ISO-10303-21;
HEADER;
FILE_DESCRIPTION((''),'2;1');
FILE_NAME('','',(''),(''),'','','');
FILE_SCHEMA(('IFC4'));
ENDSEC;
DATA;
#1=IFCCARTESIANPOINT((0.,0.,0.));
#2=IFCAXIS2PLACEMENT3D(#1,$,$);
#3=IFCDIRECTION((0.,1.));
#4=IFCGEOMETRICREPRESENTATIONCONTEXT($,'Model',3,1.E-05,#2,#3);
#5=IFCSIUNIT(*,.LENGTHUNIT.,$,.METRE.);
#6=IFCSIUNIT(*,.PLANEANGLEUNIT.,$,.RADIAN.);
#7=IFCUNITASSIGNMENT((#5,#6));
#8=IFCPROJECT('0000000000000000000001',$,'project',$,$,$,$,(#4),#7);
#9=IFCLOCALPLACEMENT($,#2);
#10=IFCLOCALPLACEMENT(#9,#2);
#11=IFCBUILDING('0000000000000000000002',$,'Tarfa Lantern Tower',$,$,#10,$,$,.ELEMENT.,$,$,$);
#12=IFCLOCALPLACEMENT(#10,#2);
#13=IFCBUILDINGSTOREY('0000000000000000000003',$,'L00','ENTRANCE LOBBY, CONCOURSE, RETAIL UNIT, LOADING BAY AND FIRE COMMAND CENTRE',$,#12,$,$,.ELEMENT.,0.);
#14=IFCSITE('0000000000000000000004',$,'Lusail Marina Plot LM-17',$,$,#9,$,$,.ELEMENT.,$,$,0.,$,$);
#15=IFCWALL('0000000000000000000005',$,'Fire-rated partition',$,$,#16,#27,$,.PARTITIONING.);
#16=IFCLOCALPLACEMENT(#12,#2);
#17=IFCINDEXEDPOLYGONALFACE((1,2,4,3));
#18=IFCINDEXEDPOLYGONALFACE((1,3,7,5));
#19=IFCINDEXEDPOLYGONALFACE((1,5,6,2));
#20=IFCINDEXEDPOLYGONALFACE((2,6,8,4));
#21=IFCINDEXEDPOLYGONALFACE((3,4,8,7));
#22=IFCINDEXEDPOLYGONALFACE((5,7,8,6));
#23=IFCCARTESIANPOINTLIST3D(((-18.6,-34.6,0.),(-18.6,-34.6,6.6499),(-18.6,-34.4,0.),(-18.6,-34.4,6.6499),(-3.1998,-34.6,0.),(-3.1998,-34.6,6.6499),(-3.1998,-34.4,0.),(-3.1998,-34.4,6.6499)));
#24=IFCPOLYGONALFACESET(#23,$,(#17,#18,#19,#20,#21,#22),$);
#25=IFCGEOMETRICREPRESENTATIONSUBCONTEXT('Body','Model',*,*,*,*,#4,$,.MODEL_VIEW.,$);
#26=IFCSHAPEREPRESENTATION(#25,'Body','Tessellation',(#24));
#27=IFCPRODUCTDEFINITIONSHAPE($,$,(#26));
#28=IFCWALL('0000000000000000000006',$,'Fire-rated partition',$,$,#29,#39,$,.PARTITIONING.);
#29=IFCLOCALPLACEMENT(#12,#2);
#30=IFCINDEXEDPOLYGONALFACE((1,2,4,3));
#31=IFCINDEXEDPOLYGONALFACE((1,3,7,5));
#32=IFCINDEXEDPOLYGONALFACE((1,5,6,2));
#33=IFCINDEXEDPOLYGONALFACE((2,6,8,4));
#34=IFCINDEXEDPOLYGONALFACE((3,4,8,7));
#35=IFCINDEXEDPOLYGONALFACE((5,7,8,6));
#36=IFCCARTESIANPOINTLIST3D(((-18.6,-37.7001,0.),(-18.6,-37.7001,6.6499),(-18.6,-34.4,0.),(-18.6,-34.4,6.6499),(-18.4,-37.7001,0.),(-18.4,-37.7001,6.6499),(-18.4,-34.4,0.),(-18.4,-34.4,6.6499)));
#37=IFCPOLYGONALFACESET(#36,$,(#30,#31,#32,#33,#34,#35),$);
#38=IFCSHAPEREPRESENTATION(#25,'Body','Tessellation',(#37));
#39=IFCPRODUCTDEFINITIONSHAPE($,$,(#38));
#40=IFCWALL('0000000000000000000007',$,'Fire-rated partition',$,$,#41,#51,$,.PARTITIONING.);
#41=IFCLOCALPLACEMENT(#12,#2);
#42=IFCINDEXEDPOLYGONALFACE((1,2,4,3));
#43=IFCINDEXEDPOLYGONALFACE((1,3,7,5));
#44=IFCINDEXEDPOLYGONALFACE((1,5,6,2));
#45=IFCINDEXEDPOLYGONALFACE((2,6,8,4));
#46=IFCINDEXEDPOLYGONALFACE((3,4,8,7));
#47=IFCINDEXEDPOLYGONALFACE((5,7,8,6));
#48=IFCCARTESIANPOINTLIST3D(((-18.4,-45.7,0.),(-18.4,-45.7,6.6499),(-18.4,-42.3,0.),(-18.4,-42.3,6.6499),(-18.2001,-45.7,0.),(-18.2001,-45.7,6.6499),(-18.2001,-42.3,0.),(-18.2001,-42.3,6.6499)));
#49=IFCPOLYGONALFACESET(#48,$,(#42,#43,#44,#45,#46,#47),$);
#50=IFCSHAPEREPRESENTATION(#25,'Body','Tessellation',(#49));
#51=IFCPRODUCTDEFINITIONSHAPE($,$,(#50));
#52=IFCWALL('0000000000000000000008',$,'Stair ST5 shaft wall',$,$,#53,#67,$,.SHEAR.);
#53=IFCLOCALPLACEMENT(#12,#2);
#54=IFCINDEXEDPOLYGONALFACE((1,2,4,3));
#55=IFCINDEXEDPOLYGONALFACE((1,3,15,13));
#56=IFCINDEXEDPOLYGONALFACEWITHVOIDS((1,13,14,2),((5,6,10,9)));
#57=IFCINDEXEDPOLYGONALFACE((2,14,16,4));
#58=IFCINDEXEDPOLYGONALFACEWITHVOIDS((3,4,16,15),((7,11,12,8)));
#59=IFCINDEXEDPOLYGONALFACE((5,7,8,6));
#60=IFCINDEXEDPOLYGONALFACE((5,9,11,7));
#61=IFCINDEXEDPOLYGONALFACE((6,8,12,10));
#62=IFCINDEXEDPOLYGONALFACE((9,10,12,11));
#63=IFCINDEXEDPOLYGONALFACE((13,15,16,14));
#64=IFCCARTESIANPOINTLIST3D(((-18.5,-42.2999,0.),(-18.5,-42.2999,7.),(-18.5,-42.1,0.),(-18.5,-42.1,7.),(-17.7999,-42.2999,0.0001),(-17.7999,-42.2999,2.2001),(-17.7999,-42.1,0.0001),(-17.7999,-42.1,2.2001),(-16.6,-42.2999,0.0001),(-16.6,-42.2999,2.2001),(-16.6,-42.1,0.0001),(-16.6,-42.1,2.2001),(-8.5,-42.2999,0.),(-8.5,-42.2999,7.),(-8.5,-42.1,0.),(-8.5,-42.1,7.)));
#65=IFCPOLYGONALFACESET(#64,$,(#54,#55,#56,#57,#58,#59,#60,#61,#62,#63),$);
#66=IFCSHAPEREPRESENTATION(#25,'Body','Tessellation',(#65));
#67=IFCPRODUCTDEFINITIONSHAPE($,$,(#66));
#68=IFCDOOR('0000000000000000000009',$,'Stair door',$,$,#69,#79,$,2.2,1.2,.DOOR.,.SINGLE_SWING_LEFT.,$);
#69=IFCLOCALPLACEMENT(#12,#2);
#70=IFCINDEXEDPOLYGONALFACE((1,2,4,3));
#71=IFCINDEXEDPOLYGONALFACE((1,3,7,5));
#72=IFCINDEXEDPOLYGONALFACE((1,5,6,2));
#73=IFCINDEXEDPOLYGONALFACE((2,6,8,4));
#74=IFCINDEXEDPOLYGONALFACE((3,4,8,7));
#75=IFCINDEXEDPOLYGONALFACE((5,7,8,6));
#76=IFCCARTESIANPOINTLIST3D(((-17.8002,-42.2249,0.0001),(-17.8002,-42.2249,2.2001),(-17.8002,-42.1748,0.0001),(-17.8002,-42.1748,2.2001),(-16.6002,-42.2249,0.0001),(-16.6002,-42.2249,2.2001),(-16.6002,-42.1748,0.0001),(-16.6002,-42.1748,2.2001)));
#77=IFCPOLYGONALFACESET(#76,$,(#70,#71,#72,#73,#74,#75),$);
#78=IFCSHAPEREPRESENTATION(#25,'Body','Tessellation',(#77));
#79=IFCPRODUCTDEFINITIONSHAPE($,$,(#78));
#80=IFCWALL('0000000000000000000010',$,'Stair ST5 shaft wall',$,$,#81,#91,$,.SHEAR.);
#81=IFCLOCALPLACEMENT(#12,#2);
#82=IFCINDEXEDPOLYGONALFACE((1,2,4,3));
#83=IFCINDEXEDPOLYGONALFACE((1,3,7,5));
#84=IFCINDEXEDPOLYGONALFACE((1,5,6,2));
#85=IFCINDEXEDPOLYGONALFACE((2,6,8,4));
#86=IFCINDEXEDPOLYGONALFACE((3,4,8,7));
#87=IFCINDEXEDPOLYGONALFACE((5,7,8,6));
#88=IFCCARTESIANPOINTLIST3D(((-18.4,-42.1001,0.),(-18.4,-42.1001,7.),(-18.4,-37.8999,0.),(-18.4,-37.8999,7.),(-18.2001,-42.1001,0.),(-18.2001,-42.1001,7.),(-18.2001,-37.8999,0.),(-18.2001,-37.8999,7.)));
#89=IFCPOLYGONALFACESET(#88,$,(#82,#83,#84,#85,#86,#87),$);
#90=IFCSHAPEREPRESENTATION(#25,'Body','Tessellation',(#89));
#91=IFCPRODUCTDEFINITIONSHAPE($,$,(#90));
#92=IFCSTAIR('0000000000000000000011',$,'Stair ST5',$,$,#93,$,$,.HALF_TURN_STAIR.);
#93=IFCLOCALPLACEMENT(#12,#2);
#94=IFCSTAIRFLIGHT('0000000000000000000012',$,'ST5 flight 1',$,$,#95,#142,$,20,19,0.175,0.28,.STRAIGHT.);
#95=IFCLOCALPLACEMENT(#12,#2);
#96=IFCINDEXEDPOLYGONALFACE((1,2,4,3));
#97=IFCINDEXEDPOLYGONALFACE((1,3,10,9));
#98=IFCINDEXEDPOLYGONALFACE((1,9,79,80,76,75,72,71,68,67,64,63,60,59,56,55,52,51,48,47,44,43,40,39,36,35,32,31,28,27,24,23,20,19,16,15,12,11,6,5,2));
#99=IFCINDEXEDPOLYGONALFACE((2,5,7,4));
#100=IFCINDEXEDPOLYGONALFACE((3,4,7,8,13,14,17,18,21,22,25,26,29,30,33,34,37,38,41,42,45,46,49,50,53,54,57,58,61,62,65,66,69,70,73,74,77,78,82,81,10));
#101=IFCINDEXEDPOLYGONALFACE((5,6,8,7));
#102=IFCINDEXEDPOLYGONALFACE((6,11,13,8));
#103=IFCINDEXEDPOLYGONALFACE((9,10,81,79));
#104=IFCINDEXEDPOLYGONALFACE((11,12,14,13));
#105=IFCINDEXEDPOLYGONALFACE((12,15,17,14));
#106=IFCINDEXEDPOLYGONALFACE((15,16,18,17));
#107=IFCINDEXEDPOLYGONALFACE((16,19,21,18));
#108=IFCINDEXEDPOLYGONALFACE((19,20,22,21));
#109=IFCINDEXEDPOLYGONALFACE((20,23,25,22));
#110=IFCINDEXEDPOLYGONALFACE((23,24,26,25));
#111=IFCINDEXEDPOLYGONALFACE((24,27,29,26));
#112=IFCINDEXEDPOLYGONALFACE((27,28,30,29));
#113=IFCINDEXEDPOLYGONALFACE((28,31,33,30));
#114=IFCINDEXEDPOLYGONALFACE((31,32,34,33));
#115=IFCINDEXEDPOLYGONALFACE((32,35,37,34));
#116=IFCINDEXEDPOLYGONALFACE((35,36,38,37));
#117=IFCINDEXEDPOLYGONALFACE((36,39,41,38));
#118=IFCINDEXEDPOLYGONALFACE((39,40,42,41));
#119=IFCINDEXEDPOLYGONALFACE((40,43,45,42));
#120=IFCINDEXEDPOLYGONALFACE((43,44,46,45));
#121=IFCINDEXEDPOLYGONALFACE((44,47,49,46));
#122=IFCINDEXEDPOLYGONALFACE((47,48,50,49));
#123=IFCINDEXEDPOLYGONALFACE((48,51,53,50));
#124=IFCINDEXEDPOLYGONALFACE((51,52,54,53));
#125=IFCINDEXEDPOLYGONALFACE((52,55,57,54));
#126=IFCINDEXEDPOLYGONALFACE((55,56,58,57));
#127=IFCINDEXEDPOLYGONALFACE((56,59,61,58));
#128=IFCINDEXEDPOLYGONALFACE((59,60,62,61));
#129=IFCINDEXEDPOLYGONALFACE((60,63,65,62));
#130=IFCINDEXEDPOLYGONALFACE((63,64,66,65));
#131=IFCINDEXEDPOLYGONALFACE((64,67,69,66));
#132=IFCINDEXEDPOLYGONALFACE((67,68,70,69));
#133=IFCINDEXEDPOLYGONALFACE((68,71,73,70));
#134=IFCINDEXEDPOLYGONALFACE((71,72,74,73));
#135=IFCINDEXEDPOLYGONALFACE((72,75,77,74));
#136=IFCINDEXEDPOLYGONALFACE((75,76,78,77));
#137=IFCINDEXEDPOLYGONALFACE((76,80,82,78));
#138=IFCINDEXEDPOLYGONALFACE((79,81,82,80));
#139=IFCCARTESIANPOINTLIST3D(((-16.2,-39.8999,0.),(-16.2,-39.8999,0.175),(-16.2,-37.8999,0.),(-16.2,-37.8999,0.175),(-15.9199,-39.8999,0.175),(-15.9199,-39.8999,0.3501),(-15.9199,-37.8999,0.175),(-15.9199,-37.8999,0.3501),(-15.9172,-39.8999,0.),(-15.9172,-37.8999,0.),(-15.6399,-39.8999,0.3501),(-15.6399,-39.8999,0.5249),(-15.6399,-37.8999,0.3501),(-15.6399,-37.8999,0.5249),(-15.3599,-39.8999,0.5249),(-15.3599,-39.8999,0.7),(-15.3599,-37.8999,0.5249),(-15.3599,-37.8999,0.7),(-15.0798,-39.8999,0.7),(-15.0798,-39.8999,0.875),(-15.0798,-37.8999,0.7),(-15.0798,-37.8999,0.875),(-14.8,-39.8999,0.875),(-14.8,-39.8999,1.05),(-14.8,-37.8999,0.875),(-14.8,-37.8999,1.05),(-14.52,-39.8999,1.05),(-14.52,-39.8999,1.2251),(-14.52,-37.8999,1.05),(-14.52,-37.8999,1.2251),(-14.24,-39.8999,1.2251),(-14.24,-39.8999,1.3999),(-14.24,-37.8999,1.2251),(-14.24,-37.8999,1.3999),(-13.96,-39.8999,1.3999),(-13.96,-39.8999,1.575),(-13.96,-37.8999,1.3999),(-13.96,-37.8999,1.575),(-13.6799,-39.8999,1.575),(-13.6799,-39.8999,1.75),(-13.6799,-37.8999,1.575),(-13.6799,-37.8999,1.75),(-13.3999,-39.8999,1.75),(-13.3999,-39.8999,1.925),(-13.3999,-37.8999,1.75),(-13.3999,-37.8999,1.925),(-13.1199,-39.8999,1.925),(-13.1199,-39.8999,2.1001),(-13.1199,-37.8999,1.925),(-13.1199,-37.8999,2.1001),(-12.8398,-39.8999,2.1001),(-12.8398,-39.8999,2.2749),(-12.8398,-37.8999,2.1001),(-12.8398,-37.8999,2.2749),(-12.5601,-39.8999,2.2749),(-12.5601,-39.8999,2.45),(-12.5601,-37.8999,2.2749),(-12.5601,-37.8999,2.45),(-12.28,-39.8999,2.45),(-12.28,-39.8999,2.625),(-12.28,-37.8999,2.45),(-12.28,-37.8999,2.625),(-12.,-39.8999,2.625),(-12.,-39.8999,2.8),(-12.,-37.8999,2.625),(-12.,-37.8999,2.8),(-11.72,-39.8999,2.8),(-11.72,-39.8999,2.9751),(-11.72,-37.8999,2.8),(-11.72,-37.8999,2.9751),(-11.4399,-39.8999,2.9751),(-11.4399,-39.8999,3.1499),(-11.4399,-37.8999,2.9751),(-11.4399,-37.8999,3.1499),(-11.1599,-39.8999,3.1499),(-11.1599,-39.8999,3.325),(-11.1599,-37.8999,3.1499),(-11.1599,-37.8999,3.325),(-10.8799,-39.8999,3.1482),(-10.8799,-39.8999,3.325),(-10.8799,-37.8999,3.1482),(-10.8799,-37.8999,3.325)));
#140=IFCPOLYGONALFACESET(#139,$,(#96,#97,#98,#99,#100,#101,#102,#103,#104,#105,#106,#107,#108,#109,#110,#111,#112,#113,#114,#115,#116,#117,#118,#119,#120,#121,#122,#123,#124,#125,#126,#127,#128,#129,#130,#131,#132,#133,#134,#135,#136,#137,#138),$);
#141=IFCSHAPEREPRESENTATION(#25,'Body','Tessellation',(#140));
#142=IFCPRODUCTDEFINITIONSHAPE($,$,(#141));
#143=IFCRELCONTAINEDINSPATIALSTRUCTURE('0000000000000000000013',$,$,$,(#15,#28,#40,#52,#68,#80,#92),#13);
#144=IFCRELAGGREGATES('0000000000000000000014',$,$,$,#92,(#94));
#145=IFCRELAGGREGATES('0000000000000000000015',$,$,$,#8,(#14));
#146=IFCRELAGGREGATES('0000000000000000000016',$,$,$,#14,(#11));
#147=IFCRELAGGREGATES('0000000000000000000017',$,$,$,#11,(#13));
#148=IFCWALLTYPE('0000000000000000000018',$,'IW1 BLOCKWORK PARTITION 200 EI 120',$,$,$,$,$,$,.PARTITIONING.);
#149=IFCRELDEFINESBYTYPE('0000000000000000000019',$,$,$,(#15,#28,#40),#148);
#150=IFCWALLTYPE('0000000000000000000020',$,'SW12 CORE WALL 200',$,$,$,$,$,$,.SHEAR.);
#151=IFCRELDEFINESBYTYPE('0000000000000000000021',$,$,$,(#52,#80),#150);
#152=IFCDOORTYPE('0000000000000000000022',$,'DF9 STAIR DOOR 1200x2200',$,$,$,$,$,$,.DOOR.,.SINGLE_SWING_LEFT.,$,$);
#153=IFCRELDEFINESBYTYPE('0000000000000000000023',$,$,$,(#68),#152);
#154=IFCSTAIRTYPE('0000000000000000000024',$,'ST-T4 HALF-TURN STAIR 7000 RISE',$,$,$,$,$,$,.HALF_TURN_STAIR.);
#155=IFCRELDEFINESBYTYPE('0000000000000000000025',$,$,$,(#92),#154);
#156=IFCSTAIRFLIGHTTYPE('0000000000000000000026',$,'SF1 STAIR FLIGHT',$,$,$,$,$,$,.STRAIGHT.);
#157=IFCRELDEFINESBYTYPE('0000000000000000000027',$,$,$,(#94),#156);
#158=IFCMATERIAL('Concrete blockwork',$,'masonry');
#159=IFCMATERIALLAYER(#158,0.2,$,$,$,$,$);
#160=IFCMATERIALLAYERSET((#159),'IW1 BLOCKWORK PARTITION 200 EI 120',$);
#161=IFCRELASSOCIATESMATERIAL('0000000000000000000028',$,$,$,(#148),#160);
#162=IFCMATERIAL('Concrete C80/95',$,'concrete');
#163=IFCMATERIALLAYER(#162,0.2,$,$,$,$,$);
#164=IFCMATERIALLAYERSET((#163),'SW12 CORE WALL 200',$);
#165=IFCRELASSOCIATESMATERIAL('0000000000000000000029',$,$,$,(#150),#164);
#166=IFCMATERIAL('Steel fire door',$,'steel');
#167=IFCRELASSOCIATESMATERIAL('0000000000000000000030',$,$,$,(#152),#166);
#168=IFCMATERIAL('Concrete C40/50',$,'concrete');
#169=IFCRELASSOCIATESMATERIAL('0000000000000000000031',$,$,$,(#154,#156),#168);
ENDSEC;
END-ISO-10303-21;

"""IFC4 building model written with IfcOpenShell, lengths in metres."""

from ifc_helpers import new_model, si_unit, direction, frame, frame_2d, origin, place, context, subcontext, project, spatial, polyline, rectangle, outline, extrude, material, layer, layer_set, type_object, element, fill, aggregate, save


model = new_model("IFC4")

# Units and contexts
model_context = context("Model", 3, precision=1e-05, world=origin(), true_north=direction((0.0, 1.0)))
body_context = subcontext(model_context, "Body", "Model", "MODEL_VIEW")
ifc_project = project(units=[si_unit("LENGTHUNIT", "METRE"), si_unit("PLANEANGLEUNIT", "RADIAN")], contexts=[model_context])

# Site, building, storey
site_placement = place(None, origin())
site = spatial("IfcSite", under=ifc_project, at=site_placement, Name="Lusail Marina Plot LM-17", CompositionType="ELEMENT", RefElevation=0.0)
building_placement = place(site_placement, origin())
building = spatial("IfcBuilding", under=site, at=building_placement, Name="Tarfa Lantern Tower", CompositionType="ELEMENT")
storey_placement = place(building_placement, origin())
storey = spatial("IfcBuildingStorey", under=building, at=storey_placement, Name="L00", Description="ENTRANCE LOBBY, CONCOURSE, RETAIL UNIT, LOADING BAY AND FIRE COMMAND CENTRE", CompositionType="ELEMENT", Elevation=0.0)

# Shared definitions
ifc_material_1 = material(Name="Concrete C80/95", Category="concrete")

# Walls
ifc_material_2 = material(Name="Concrete blockwork", Category="masonry")
ifc_layer_1 = layer(ifc_material_2, 0.2)
ifc_layer_set_1 = layer_set([ifc_layer_1], Name="IW1 BLOCKWORK PARTITION 200 EI 120")
wall_type_1 = type_object("IfcWallType", Name="IW1 BLOCKWORK PARTITION 200 EI 120", PredefinedType="PARTITIONING", material=ifc_layer_set_1)
wall_1_placement = place(storey_placement, frame((-18.6001, -34.5, 0.0), z_axis=(0.0, 0.0, 1.0), x_axis=(1.0, 0.0, 0.0)))
element("IfcWall", 1, at=wall_1_placement, inside=storey, type_object=wall_type_1, Name="Fire-rated partition", PredefinedType="PARTITIONING", context=body_context, shape_type="SweptSolid", body=[
    extrude(rectangle(XDim=15.4001, YDim=0.2, at=frame_2d((7.7002, 0.0))), origin(), (0.0, 0.0, 1.0), 6.6499),
])
wall_2_placement = place(storey_placement, frame((-18.5, -37.7, 0.0), z_axis=(0.0, 0.0, 1.0), x_axis=(0.0, 1.0, 0.0)))
element("IfcWall", 2, at=wall_2_placement, inside=storey, type_object=wall_type_1, Name="Fire-rated partition", PredefinedType="PARTITIONING", context=body_context, shape_type="SweptSolid", body=[
    extrude(rectangle(XDim=3.3, YDim=0.2, at=frame_2d((1.6499, 0.0))), origin(), (0.0, 0.0, 1.0), 6.6499),
])
wall_3_placement = place(storey_placement, frame((-18.3, -45.7, 0.0), z_axis=(0.0, 0.0, 1.0), x_axis=(0.0, 1.0, 0.0)))
element("IfcWall", 3, at=wall_3_placement, inside=storey, type_object=wall_type_1, Name="Fire-rated partition", PredefinedType="PARTITIONING", context=body_context, shape_type="SweptSolid", body=[
    extrude(rectangle(XDim=3.3999, YDim=0.2, at=frame_2d((1.7, 0.0))), origin(), (0.0, 0.0, 1.0), 6.6499),
])

# Wall, opening, door
ifc_layer_2 = layer(ifc_material_1, 0.2)
ifc_layer_set_2 = layer_set([ifc_layer_2], Name="SW12 CORE WALL 200")
wall_type_2 = type_object("IfcWallType", Name="SW12 CORE WALL 200", PredefinedType="SHEAR", material=ifc_layer_set_2)
wall_4_placement = place(storey_placement, frame((-18.5, -42.2, 0.0), z_axis=(0.0, 0.0, 1.0), x_axis=(1.0, 0.0, 0.0)))
wall_4 = element("IfcWall", 4, at=wall_4_placement, inside=storey, type_object=wall_type_2, Name="Stair ST5 shaft wall", PredefinedType="SHEAR", context=body_context, shape_type="SweptSolid", body=[
    extrude(rectangle(XDim=10.0, YDim=0.2, at=frame_2d((5.0, 0.0))), origin(), (0.0, 0.0, 1.0), 7.0),
])
opening_1_placement = place(wall_4_placement, frame((0.7, 0.0, 0.0)))
opening_1 = element("IfcOpeningElement", 5, at=opening_1_placement, cuts=wall_4, PredefinedType="OPENING", context=body_context, shape_type="SweptSolid", body=[
    extrude(rectangle(XDim=1.2, YDim=2.2, at=frame_2d((0.6001, 1.1001))), frame((0.0, 0.1099, 0.0), z_axis=(0.0, -1.0, 0.0), x_axis=(1.0, 0.0, 0.0)), (0.0, 0.0, 1.0), 0.22),
])
ifc_material_3 = material(Name="Steel fire door", Category="steel")
door_type_1 = type_object("IfcDoorType", Name="DF9 STAIR DOOR 1200x2200", OperationType="SINGLE_SWING_LEFT", PredefinedType="DOOR", material=ifc_material_3)
door_1_placement = place(opening_1_placement, frame((1.2, 0.0, 0.0), z_axis=(0.0, 0.0, 1.0), x_axis=(-1.0, 0.0, 0.0)))
door_1 = element("IfcDoor", 6, at=door_1_placement, inside=storey, type_object=door_type_1, Name="Stair door", OperationType="SINGLE_SWING_LEFT", OverallHeight=2.2, OverallWidth=1.2, PredefinedType="DOOR", context=body_context, shape_type="SweptSolid", body=[
    extrude(rectangle(XDim=1.2, YDim=2.2, at=frame_2d((0.6001, 1.1001))), frame((0.0, 0.0249, 0.0), z_axis=(0.0, -1.0, 0.0), x_axis=(1.0, 0.0, 0.0)), (0.0, 0.0, 1.0), 0.05),
])
fill(opening_1, door_1)

# Wall
wall_5_placement = place(storey_placement, frame((-18.3, -37.8999, 0.0), z_axis=(0.0, 0.0, 1.0), x_axis=(0.0, -1.0, 0.0)))
element("IfcWall", 7, at=wall_5_placement, inside=storey, type_object=wall_type_2, Name="Stair ST5 shaft wall", PredefinedType="SHEAR", context=body_context, shape_type="SweptSolid", body=[
    extrude(rectangle(XDim=4.2002, YDim=0.2, at=frame_2d((2.1001, 0.0))), origin(), (0.0, 0.0, 1.0), 7.0),
])

# Stair, stair flight
ifc_material_4 = material(Name="Concrete C40/50", Category="concrete")
stair_type = type_object("IfcStairType", Name="ST-T4 HALF-TURN STAIR 7000 RISE", PredefinedType="HALF_TURN_STAIR", material=ifc_material_4)
stair_placement = place(storey_placement, origin())
stair = element("IfcStair", 8, at=stair_placement, inside=storey, type_object=stair_type, Name="Stair ST5", PredefinedType="HALF_TURN_STAIR")
stair_flight_type = type_object("IfcStairFlightType", Name="SF1 STAIR FLIGHT", PredefinedType="STRAIGHT", material=ifc_material_4)
stair_flight_placement = place(storey_placement, frame((-16.2, -38.8999, 0.0), z_axis=(0.0, 0.0, 1.0), x_axis=(1.0, 0.0, 0.0)))
stair_flight = element("IfcStairFlight", 9, at=stair_flight_placement, type_object=stair_flight_type, Name="ST5 flight 1", NumberOfRisers=20, NumberOfTreads=19, PredefinedType="STRAIGHT", RiserHeight=0.175, TreadLength=0.28, context=body_context, shape_type="SweptSolid", body=[
    extrude(outline(polyline([(0.0, 0.0), (0.0, 0.175), (0.28, 0.175), (0.28, 0.3501), (0.5601, 0.3501), (0.5601, 0.5249), (0.8401, 0.5249), (0.8401, 0.7), (1.1201, 0.7), (1.1201, 0.875), (1.3999, 0.875), (1.3999, 1.05), (1.6799, 1.05), (1.6799, 1.2251), (1.96, 1.2251), (1.96, 1.3999), (2.24, 1.3999), (2.24, 1.575), (2.52, 1.575), (2.52, 1.75), (2.8, 1.75), (2.8, 1.925), (3.0801, 1.925), (3.0801, 2.1001), (3.3601, 2.1001), (3.3601, 2.2749), (3.6399, 2.2749), (3.6399, 2.45), (3.9199, 2.45), (3.9199, 2.625), (4.2, 2.625), (4.2, 2.8), (4.48, 2.8), (4.48, 2.9751), (4.76, 2.9751), (4.76, 3.1499), (5.04, 3.1499), (5.04, 3.325), (5.3201, 3.325), (5.3201, 3.5), (5.3201, 3.1482), (0.2827, 0.0), (0.0, 0.0)])), frame((0.0, 1.0, 0.0), z_axis=(0.0, -1.0, 0.0), x_axis=(1.0, 0.0, 0.0)), (0.0, 0.0, 1.0), 2.0),
])
aggregate(stair, [stair_flight])

save(model, "model.ifc")
